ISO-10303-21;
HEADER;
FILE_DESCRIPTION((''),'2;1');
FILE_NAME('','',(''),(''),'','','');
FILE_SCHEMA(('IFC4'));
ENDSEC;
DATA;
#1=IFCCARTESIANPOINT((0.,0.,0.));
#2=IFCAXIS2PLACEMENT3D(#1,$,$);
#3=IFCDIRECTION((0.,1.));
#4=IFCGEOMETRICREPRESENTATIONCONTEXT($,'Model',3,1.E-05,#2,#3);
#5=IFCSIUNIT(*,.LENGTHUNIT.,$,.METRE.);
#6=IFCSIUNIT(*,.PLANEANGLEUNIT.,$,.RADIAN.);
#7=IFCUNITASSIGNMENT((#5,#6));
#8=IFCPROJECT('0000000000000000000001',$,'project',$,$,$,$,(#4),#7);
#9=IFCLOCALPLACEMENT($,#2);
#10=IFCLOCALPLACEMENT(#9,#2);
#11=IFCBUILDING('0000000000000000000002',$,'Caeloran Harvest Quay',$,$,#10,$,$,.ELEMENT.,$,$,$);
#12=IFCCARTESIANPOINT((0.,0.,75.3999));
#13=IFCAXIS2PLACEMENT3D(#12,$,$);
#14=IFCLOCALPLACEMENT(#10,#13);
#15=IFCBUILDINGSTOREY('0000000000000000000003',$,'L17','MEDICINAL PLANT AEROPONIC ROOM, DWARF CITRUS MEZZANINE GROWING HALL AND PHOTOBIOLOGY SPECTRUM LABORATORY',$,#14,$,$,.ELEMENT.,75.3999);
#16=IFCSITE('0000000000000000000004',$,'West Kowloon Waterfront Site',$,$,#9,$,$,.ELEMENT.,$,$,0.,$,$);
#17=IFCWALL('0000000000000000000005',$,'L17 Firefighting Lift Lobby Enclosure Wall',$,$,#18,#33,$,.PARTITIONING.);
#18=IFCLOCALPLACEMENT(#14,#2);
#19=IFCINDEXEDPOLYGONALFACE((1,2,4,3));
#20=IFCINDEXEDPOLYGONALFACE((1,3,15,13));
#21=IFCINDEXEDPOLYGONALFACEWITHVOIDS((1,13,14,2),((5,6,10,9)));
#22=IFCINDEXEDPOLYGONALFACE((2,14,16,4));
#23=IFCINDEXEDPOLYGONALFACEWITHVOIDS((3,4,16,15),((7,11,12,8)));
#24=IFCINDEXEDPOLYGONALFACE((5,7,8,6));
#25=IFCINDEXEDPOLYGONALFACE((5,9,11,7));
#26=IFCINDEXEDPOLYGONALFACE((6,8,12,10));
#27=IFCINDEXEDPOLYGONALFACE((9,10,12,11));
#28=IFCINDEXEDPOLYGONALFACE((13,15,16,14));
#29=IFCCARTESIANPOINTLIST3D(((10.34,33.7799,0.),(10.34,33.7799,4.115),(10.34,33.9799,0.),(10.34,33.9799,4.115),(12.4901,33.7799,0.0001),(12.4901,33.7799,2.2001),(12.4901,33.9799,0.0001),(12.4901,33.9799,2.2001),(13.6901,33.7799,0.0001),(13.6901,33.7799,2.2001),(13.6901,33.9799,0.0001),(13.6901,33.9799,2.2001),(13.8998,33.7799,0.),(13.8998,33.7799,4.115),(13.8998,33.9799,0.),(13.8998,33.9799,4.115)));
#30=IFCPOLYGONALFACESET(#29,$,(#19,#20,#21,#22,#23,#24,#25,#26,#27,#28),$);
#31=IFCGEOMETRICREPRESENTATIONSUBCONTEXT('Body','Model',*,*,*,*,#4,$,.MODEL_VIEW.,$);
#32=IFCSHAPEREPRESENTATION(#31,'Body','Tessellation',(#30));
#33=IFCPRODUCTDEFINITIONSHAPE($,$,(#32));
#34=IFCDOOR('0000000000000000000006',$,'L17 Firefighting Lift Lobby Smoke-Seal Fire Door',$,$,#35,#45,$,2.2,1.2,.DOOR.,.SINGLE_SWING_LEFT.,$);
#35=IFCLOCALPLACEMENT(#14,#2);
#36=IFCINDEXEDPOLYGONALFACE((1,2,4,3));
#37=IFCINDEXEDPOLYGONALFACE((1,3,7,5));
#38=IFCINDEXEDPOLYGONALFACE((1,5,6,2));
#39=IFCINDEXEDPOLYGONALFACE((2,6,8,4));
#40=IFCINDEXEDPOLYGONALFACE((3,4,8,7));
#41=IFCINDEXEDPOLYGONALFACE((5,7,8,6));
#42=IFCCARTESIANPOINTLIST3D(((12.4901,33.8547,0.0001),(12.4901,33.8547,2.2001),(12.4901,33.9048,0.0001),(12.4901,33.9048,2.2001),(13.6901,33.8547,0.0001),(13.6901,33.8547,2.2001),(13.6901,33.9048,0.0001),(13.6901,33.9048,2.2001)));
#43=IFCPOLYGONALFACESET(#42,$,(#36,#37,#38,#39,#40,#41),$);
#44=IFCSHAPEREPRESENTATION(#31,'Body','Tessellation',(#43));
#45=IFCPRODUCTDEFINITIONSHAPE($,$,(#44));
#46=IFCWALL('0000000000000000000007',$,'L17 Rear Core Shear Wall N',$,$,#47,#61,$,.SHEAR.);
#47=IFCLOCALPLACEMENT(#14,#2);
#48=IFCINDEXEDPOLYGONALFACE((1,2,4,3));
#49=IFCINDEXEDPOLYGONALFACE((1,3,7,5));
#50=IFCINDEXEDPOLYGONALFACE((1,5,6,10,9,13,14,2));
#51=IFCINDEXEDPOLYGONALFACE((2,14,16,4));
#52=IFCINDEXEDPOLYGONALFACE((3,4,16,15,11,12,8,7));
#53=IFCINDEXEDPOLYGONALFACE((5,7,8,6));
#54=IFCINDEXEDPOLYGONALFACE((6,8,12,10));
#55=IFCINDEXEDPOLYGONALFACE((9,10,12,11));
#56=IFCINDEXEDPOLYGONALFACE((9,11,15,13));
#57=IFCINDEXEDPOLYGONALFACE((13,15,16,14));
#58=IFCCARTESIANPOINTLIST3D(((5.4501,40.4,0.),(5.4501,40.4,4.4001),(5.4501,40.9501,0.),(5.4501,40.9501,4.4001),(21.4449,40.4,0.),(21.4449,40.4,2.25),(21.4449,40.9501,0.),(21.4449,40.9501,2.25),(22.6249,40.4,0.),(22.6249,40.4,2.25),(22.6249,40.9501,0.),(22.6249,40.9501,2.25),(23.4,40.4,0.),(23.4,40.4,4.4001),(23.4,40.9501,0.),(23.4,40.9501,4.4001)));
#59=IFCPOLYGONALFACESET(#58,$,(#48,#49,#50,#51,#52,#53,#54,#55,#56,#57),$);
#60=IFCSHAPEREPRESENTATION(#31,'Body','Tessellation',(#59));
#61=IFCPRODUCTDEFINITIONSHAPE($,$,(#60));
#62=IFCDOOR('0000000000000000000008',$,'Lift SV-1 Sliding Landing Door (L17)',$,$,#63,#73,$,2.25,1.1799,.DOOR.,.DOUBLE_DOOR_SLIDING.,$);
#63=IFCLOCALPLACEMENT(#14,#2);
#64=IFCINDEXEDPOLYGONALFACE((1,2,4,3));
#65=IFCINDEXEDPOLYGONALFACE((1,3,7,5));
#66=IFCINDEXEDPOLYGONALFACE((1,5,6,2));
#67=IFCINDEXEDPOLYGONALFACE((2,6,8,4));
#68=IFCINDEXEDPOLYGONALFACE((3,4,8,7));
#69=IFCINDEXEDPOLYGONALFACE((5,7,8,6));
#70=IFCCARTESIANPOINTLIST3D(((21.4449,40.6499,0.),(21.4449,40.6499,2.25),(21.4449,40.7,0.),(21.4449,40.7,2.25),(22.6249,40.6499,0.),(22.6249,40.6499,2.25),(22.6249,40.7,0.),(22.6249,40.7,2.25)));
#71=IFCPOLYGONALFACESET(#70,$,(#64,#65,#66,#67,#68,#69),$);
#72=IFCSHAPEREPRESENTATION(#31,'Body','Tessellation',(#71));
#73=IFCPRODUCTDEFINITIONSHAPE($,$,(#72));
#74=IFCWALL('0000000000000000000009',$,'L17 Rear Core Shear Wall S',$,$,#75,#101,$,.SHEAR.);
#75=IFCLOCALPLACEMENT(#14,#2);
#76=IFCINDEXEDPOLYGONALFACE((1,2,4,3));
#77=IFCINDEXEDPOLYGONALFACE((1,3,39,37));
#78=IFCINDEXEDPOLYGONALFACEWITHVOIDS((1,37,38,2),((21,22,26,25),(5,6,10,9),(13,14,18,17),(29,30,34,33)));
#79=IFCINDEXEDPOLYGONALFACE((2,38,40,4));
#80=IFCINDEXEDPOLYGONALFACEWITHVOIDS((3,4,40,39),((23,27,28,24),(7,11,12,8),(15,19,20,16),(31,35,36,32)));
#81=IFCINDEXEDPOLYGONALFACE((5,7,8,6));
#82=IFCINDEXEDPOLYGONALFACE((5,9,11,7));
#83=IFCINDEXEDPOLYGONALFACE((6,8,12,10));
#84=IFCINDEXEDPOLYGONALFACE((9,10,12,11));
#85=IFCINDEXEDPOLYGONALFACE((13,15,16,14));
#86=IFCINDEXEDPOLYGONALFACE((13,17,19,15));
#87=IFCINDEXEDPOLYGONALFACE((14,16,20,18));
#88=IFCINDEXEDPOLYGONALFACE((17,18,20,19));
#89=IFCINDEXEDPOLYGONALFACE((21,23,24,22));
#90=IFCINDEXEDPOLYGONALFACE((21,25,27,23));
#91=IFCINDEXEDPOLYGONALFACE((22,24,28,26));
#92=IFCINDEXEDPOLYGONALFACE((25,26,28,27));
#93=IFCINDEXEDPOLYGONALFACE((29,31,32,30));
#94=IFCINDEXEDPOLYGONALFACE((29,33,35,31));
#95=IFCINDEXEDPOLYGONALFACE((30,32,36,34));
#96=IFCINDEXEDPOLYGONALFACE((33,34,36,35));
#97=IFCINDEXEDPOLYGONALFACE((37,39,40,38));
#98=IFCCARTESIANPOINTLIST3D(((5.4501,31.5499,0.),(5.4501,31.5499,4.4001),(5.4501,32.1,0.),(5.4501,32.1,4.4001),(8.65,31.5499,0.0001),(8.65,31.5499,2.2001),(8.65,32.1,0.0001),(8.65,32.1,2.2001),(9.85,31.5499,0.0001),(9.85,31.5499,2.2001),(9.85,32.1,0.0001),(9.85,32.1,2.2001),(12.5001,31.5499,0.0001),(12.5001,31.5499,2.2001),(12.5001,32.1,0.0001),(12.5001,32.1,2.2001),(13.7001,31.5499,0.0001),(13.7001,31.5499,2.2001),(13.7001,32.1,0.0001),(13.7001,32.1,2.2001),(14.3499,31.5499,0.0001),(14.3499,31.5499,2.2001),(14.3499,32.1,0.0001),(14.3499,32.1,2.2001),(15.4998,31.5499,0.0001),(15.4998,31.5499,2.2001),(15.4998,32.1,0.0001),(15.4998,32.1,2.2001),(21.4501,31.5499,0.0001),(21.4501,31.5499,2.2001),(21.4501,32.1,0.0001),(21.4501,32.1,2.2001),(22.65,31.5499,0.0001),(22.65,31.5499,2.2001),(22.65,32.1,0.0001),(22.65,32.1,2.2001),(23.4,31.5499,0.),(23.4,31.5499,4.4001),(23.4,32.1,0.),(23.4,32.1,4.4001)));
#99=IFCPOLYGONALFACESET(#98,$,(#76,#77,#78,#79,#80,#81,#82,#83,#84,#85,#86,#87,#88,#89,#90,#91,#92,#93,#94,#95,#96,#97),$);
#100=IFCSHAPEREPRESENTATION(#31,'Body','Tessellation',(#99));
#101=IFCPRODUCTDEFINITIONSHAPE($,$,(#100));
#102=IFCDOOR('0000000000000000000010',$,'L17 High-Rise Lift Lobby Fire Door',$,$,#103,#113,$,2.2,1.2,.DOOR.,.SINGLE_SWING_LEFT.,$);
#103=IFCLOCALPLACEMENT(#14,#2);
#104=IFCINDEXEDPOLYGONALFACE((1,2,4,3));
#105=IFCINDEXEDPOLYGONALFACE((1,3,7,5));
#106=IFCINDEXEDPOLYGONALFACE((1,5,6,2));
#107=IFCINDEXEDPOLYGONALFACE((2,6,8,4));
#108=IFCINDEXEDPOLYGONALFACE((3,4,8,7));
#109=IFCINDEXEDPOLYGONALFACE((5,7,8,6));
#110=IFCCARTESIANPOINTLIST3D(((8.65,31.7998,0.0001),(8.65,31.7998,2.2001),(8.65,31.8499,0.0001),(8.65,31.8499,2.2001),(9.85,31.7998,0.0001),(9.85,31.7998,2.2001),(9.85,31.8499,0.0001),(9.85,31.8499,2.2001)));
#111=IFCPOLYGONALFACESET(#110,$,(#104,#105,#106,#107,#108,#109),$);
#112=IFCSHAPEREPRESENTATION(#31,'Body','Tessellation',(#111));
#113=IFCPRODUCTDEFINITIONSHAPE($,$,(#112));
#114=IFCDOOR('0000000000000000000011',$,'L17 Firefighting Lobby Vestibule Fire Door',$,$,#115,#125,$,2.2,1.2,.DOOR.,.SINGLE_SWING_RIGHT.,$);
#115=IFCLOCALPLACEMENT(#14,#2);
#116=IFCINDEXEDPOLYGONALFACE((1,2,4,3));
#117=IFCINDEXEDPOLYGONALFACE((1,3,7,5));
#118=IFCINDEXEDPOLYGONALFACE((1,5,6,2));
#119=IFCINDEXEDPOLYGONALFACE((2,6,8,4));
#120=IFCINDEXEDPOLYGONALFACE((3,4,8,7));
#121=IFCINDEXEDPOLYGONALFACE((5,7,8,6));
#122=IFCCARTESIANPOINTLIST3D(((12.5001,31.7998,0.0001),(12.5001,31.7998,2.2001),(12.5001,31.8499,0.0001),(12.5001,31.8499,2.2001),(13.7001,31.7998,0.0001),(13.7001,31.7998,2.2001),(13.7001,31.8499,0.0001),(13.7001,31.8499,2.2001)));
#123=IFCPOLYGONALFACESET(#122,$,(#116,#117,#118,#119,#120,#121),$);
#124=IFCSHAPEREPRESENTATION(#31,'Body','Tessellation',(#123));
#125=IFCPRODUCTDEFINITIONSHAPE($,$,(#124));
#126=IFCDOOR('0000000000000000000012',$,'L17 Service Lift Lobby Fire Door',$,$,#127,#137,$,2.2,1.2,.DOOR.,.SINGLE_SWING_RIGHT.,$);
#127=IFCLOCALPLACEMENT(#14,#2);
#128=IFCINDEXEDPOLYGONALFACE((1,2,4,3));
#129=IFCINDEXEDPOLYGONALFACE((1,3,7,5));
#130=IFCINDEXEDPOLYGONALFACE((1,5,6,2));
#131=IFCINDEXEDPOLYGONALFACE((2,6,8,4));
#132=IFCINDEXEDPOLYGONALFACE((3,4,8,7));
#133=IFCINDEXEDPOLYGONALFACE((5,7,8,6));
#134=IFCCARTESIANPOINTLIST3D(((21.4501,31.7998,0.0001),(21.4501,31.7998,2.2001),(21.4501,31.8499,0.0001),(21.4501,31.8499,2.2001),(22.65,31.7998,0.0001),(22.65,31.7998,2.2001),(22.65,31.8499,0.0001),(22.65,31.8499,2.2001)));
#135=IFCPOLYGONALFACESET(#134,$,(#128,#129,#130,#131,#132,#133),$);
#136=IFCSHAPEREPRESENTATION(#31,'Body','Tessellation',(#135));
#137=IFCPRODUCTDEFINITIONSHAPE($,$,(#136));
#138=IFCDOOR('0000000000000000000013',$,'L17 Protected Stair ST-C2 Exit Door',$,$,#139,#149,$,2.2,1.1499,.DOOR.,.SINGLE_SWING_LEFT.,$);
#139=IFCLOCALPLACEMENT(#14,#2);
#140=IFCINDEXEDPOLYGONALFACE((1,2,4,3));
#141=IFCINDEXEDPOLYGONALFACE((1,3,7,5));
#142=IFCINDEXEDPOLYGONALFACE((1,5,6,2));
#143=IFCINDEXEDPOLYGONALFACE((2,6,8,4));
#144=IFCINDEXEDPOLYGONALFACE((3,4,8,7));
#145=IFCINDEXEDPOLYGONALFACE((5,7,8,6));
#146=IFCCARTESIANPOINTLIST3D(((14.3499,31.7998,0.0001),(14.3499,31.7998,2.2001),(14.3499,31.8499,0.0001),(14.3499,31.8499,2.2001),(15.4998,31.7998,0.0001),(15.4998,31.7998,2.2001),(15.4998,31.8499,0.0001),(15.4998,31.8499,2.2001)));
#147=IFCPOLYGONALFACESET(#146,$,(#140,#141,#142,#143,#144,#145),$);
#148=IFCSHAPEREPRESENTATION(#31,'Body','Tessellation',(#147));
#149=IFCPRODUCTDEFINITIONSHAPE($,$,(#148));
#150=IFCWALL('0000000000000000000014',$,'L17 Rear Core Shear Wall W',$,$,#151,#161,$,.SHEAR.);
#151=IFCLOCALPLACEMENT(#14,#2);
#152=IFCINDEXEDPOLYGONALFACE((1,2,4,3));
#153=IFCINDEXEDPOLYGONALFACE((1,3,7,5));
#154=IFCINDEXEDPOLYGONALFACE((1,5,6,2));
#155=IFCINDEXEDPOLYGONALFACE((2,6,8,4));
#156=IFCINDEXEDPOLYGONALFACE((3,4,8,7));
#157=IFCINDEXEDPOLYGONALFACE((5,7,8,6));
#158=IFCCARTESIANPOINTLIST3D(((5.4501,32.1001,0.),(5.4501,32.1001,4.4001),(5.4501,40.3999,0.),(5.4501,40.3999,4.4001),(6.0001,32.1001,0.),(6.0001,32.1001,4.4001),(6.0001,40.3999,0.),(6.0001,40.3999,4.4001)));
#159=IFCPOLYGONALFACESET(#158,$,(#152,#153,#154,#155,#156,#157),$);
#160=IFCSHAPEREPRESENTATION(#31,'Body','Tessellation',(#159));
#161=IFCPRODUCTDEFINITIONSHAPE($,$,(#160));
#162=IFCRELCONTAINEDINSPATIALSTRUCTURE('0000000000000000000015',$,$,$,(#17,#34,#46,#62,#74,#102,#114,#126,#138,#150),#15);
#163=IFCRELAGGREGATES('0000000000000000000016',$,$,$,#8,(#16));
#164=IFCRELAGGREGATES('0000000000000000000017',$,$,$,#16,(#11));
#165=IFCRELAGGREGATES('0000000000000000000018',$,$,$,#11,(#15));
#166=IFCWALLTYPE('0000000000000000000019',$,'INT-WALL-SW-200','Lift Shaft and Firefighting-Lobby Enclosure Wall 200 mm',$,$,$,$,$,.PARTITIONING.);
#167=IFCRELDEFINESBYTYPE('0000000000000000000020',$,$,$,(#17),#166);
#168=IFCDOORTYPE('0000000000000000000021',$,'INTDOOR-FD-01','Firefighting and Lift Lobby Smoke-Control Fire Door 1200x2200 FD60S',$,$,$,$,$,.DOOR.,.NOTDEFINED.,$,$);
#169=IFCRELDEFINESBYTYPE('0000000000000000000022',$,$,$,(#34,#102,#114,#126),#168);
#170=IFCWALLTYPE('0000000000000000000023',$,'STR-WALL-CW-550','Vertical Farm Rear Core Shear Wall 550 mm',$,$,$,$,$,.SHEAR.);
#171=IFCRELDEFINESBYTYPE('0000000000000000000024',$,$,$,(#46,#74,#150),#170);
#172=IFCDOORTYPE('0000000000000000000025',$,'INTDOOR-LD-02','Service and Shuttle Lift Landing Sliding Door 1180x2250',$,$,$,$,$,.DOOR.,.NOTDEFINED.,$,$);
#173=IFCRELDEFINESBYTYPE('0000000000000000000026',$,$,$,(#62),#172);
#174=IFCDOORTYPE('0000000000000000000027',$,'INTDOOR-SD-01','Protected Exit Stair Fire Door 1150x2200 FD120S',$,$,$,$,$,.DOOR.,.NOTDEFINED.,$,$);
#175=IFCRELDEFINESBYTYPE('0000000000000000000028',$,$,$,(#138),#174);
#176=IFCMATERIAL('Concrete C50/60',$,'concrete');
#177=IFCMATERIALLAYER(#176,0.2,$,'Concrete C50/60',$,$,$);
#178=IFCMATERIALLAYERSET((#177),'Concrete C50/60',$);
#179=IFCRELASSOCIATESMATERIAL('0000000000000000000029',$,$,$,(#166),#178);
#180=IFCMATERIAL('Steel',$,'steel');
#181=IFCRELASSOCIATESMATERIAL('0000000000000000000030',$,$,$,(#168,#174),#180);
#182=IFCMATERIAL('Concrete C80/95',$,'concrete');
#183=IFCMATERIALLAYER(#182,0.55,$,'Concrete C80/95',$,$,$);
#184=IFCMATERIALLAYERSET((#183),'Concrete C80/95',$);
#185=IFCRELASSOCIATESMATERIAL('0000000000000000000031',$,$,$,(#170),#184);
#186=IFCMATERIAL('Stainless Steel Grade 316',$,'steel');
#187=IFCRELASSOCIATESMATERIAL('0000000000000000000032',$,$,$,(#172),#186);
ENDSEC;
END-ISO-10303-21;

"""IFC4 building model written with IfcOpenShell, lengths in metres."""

from ifc_helpers import new_model, si_unit, direction, frame, frame_2d, origin, place, context, subcontext, project, spatial, rectangle, extrude, material, layer, layer_set, type_object, element, fill, save


model = new_model("IFC4")

# Units and contexts
model_context = context("Model", 3, precision=1e-05, world=origin(), true_north=direction((0.0, 1.0)))
body_context = subcontext(model_context, "Body", "Model", "MODEL_VIEW")
ifc_project = project(units=[si_unit("LENGTHUNIT", "METRE"), si_unit("PLANEANGLEUNIT", "RADIAN")], contexts=[model_context])

# Site, building, storey
site_placement = place(None, origin())
site = spatial("IfcSite", under=ifc_project, at=site_placement, Name="West Kowloon Waterfront Site", CompositionType="ELEMENT", RefElevation=0.0)
building_placement = place(site_placement, origin())
building = spatial("IfcBuilding", under=site, at=building_placement, Name="Caeloran Harvest Quay", CompositionType="ELEMENT")
storey_placement = place(building_placement, frame((0.0, 0.0, 75.3999)))
storey = spatial("IfcBuildingStorey", under=building, at=storey_placement, Name="L17", Description="MEDICINAL PLANT AEROPONIC ROOM, DWARF CITRUS MEZZANINE GROWING HALL AND PHOTOBIOLOGY SPECTRUM LABORATORY", CompositionType="ELEMENT", Elevation=75.3999)

# Shared definitions
ifc_material_1 = material(Name="Concrete C80/95", Category="concrete")

# Shared definitions
ifc_material_2 = material(Name="Concrete C50/60", Category="concrete")
ifc_layer_1 = layer(ifc_material_2, 0.2, Name="Concrete C50/60")
ifc_layer_set_1 = layer_set([ifc_layer_1], Name="Concrete C50/60")
wall_type_1 = type_object("IfcWallType", Name="INT-WALL-SW-200", Description="Lift Shaft and Firefighting-Lobby Enclosure Wall 200 mm", PredefinedType="PARTITIONING", material=ifc_layer_set_1)

# Shared definitions
ifc_material_3 = material(Name="Stainless Steel Grade 316", Category="steel")

# Walls, openings, doors
wall_1_placement = place(storey_placement, frame((10.3401, 33.8799, 0.0), z_axis=(0.0, 0.0, 1.0), x_axis=(1.0, 0.0, 0.0)))
wall_1 = element("IfcWall", 1, at=wall_1_placement, inside=storey, type_object=wall_type_1, Name="L17 Firefighting Lift Lobby Enclosure Wall", PredefinedType="PARTITIONING", context=body_context, shape_type="SweptSolid", body=[
    extrude(rectangle(XDim=3.5598, YDim=0.2, at=frame_2d((1.7798, 0.0))), origin(), (0.0, 0.0, 1.0), 4.115),
])
opening_1_placement = place(wall_1_placement, frame((2.1499, 0.0, 0.0)))
opening_1 = element("IfcOpeningElement", 2, at=opening_1_placement, cuts=wall_1, PredefinedType="OPENING", context=body_context, shape_type="SweptSolid", body=[
    extrude(rectangle(XDim=1.2, YDim=2.2, at=frame_2d((0.6001, 1.1001))), frame((0.0, 0.1099, 0.0), z_axis=(0.0, -1.0, 0.0), x_axis=(1.0, 0.0, 0.0)), (0.0, 0.0, 1.0), 0.22),
])
ifc_material_4 = material(Name="Steel", Category="steel")
door_type_1 = type_object("IfcDoorType", Name="INTDOOR-FD-01", Description="Firefighting and Lift Lobby Smoke-Control Fire Door 1200x2200 FD60S", OperationType="NOTDEFINED", PredefinedType="DOOR", material=ifc_material_4)
door_1_placement = place(opening_1_placement, origin())
door_1 = element("IfcDoor", 3, at=door_1_placement, inside=storey, type_object=door_type_1, Name="L17 Firefighting Lift Lobby Smoke-Seal Fire Door", OperationType="SINGLE_SWING_LEFT", OverallHeight=2.2, OverallWidth=1.2, PredefinedType="DOOR", context=body_context, shape_type="SweptSolid", body=[
    extrude(rectangle(XDim=1.2, YDim=2.2, at=frame_2d((0.6001, 1.1001))), frame((0.0, 0.0249, 0.0), z_axis=(0.0, -1.0, 0.0), x_axis=(1.0, 0.0, 0.0)), (0.0, 0.0, 1.0), 0.05),
])
fill(opening_1, door_1)
ifc_layer_2 = layer(ifc_material_1, 0.55, Name="Concrete C80/95")
ifc_layer_set_2 = layer_set([ifc_layer_2], Name="Concrete C80/95")
wall_type_2 = type_object("IfcWallType", Name="STR-WALL-CW-550", Description="Vertical Farm Rear Core Shear Wall 550 mm", PredefinedType="SHEAR", material=ifc_layer_set_2)
wall_2_placement = place(storey_placement, frame((5.45, 40.675, 0.0), z_axis=(0.0, 0.0, 1.0), x_axis=(1.0, 0.0, 0.0)))
wall_2 = element("IfcWall", 4, at=wall_2_placement, inside=storey, type_object=wall_type_2, Name="L17 Rear Core Shear Wall N", PredefinedType="SHEAR", context=body_context, shape_type="SweptSolid", body=[
    extrude(rectangle(XDim=17.95, YDim=0.55, at=frame_2d((8.9751, 0.0))), origin(), (0.0, 0.0, 1.0), 4.4001),
])
opening_2_placement = place(wall_2_placement, frame((15.9951, 0.0, 0.0)))
opening_2 = element("IfcOpeningElement", 5, at=opening_2_placement, cuts=wall_2, PredefinedType="OPENING", context=body_context, shape_type="SweptSolid", body=[
    extrude(rectangle(XDim=1.1799, YDim=2.25, at=frame_2d((0.5898, 1.125))), frame((0.0, 0.2852, 0.0), z_axis=(0.0, -1.0, 0.0), x_axis=(1.0, 0.0, 0.0)), (0.0, 0.0, 1.0), 0.5701),
])
door_type_2 = type_object("IfcDoorType", Name="INTDOOR-LD-02", Description="Service and Shuttle Lift Landing Sliding Door 1180x2250", OperationType="NOTDEFINED", PredefinedType="DOOR", material=ifc_material_3)
door_2_placement = place(opening_2_placement, origin())
door_2 = element("IfcDoor", 6, at=door_2_placement, inside=storey, type_object=door_type_2, Name="Lift SV-1 Sliding Landing Door (L17)", OperationType="DOUBLE_DOOR_SLIDING", OverallHeight=2.25, OverallWidth=1.1799, PredefinedType="DOOR", context=body_context, shape_type="SweptSolid", body=[
    extrude(rectangle(XDim=1.1799, YDim=2.25, at=frame_2d((0.5898, 1.125))), frame((0.0, 0.0249, 0.0), z_axis=(0.0, -1.0, 0.0), x_axis=(1.0, 0.0, 0.0)), (0.0, 0.0, 1.0), 0.05),
])
fill(opening_2, door_2)

# Wall, openings, doors
wall_3_placement = place(storey_placement, frame((5.45, 31.825, 0.0), z_axis=(0.0, 0.0, 1.0), x_axis=(1.0, 0.0, 0.0)))
wall_3 = element("IfcWall", 7, at=wall_3_placement, inside=storey, type_object=wall_type_2, Name="L17 Rear Core Shear Wall S", PredefinedType="SHEAR", context=body_context, shape_type="SweptSolid", body=[
    extrude(rectangle(XDim=17.95, YDim=0.55, at=frame_2d((8.9751, 0.0))), origin(), (0.0, 0.0, 1.0), 4.4001),
])
opening_3_placement = place(wall_3_placement, frame((3.2, 0.0, 0.0)))
opening_3 = element("IfcOpeningElement", 8, at=opening_3_placement, cuts=wall_3, PredefinedType="OPENING", context=body_context, shape_type="SweptSolid", body=[
    extrude(rectangle(XDim=1.2, YDim=2.2, at=frame_2d((0.6001, 1.1001))), frame((0.0, 0.2852, 0.0), z_axis=(0.0, -1.0, 0.0), x_axis=(1.0, 0.0, 0.0)), (0.0, 0.0, 1.0), 0.5701),
])
opening_4_placement = place(wall_3_placement, frame((7.05, 0.0, 0.0)))
opening_4 = element("IfcOpeningElement", 9, at=opening_4_placement, cuts=wall_3, PredefinedType="OPENING", context=body_context, shape_type="SweptSolid", body=[
    extrude(rectangle(XDim=1.2, YDim=2.2, at=frame_2d((0.6001, 1.1001))), frame((0.0, 0.2852, 0.0), z_axis=(0.0, -1.0, 0.0), x_axis=(1.0, 0.0, 0.0)), (0.0, 0.0, 1.0), 0.5701),
])
opening_5_placement = place(wall_3_placement, frame((8.8999, 0.0, 0.0)))
opening_5 = element("IfcOpeningElement", 10, at=opening_5_placement, cuts=wall_3, PredefinedType="OPENING", context=body_context, shape_type="SweptSolid", body=[
    extrude(rectangle(XDim=1.1499, YDim=2.2, at=frame_2d((0.575, 1.1001))), frame((0.0, 0.2852, 0.0), z_axis=(0.0, -1.0, 0.0), x_axis=(1.0, 0.0, 0.0)), (0.0, 0.0, 1.0), 0.5701),
])
opening_6_placement = place(wall_3_placement, frame((16.0, 0.0, 0.0)))
opening_6 = element("IfcOpeningElement", 11, at=opening_6_placement, cuts=wall_3, PredefinedType="OPENING", context=body_context, shape_type="SweptSolid", body=[
    extrude(rectangle(XDim=1.2, YDim=2.2, at=frame_2d((0.6001, 1.1001))), frame((0.0, 0.2852, 0.0), z_axis=(0.0, -1.0, 0.0), x_axis=(1.0, 0.0, 0.0)), (0.0, 0.0, 1.0), 0.5701),
])
door_3_placement = place(opening_3_placement, origin())
door_3 = element("IfcDoor", 12, at=door_3_placement, inside=storey, type_object=door_type_1, Name="L17 High-Rise Lift Lobby Fire Door", OperationType="SINGLE_SWING_LEFT", OverallHeight=2.2, OverallWidth=1.2, PredefinedType="DOOR", context=body_context, shape_type="SweptSolid", body=[
    extrude(rectangle(XDim=1.2, YDim=2.2, at=frame_2d((0.6001, 1.1001))), frame((0.0, 0.0249, 0.0), z_axis=(0.0, -1.0, 0.0), x_axis=(1.0, 0.0, 0.0)), (0.0, 0.0, 1.0), 0.05),
])
fill(opening_3, door_3)
door_4_placement = place(opening_4_placement, origin())
door_4 = element("IfcDoor", 13, at=door_4_placement, inside=storey, type_object=door_type_1, Name="L17 Firefighting Lobby Vestibule Fire Door", OperationType="SINGLE_SWING_RIGHT", OverallHeight=2.2, OverallWidth=1.2, PredefinedType="DOOR", context=body_context, shape_type="SweptSolid", body=[
    extrude(rectangle(XDim=1.2, YDim=2.2, at=frame_2d((0.6001, 1.1001))), frame((0.0, 0.0249, 0.0), z_axis=(0.0, -1.0, 0.0), x_axis=(1.0, 0.0, 0.0)), (0.0, 0.0, 1.0), 0.05),
])
fill(opening_4, door_4)
door_5_placement = place(opening_6_placement, origin())
door_5 = element("IfcDoor", 14, at=door_5_placement, inside=storey, type_object=door_type_1, Name="L17 Service Lift Lobby Fire Door", OperationType="SINGLE_SWING_RIGHT", OverallHeight=2.2, OverallWidth=1.2, PredefinedType="DOOR", context=body_context, shape_type="SweptSolid", body=[
    extrude(rectangle(XDim=1.2, YDim=2.2, at=frame_2d((0.6001, 1.1001))), frame((0.0, 0.0249, 0.0), z_axis=(0.0, -1.0, 0.0), x_axis=(1.0, 0.0, 0.0)), (0.0, 0.0, 1.0), 0.05),
])
fill(opening_6, door_5)
door_type_3 = type_object("IfcDoorType", Name="INTDOOR-SD-01", Description="Protected Exit Stair Fire Door 1150x2200 FD120S", OperationType="NOTDEFINED", PredefinedType="DOOR", material=ifc_material_4)
door_6_placement = place(opening_5_placement, origin())
door_6 = element("IfcDoor", 15, at=door_6_placement, inside=storey, type_object=door_type_3, Name="L17 Protected Stair ST-C2 Exit Door", OperationType="SINGLE_SWING_LEFT", OverallHeight=2.2, OverallWidth=1.1499, PredefinedType="DOOR", context=body_context, shape_type="SweptSolid", body=[
    extrude(rectangle(XDim=1.1499, YDim=2.2, at=frame_2d((0.575, 1.1001))), frame((0.0, 0.0249, 0.0), z_axis=(0.0, -1.0, 0.0), x_axis=(1.0, 0.0, 0.0)), (0.0, 0.0, 1.0), 0.05),
])
fill(opening_5, door_6)

# Wall
wall_4_placement = place(storey_placement, frame((5.7251, 32.1001, 0.0), z_axis=(0.0, 0.0, 1.0), x_axis=(0.0, 1.0, 0.0)))
element("IfcWall", 16, at=wall_4_placement, inside=storey, type_object=wall_type_2, Name="L17 Rear Core Shear Wall W", PredefinedType="SHEAR", context=body_context, shape_type="SweptSolid", body=[
    extrude(rectangle(XDim=8.2998, YDim=0.55, at=frame_2d((4.1499, 0.0))), origin(), (0.0, 0.0, 1.0), 4.4001),
])

save(model, "model.ifc")
